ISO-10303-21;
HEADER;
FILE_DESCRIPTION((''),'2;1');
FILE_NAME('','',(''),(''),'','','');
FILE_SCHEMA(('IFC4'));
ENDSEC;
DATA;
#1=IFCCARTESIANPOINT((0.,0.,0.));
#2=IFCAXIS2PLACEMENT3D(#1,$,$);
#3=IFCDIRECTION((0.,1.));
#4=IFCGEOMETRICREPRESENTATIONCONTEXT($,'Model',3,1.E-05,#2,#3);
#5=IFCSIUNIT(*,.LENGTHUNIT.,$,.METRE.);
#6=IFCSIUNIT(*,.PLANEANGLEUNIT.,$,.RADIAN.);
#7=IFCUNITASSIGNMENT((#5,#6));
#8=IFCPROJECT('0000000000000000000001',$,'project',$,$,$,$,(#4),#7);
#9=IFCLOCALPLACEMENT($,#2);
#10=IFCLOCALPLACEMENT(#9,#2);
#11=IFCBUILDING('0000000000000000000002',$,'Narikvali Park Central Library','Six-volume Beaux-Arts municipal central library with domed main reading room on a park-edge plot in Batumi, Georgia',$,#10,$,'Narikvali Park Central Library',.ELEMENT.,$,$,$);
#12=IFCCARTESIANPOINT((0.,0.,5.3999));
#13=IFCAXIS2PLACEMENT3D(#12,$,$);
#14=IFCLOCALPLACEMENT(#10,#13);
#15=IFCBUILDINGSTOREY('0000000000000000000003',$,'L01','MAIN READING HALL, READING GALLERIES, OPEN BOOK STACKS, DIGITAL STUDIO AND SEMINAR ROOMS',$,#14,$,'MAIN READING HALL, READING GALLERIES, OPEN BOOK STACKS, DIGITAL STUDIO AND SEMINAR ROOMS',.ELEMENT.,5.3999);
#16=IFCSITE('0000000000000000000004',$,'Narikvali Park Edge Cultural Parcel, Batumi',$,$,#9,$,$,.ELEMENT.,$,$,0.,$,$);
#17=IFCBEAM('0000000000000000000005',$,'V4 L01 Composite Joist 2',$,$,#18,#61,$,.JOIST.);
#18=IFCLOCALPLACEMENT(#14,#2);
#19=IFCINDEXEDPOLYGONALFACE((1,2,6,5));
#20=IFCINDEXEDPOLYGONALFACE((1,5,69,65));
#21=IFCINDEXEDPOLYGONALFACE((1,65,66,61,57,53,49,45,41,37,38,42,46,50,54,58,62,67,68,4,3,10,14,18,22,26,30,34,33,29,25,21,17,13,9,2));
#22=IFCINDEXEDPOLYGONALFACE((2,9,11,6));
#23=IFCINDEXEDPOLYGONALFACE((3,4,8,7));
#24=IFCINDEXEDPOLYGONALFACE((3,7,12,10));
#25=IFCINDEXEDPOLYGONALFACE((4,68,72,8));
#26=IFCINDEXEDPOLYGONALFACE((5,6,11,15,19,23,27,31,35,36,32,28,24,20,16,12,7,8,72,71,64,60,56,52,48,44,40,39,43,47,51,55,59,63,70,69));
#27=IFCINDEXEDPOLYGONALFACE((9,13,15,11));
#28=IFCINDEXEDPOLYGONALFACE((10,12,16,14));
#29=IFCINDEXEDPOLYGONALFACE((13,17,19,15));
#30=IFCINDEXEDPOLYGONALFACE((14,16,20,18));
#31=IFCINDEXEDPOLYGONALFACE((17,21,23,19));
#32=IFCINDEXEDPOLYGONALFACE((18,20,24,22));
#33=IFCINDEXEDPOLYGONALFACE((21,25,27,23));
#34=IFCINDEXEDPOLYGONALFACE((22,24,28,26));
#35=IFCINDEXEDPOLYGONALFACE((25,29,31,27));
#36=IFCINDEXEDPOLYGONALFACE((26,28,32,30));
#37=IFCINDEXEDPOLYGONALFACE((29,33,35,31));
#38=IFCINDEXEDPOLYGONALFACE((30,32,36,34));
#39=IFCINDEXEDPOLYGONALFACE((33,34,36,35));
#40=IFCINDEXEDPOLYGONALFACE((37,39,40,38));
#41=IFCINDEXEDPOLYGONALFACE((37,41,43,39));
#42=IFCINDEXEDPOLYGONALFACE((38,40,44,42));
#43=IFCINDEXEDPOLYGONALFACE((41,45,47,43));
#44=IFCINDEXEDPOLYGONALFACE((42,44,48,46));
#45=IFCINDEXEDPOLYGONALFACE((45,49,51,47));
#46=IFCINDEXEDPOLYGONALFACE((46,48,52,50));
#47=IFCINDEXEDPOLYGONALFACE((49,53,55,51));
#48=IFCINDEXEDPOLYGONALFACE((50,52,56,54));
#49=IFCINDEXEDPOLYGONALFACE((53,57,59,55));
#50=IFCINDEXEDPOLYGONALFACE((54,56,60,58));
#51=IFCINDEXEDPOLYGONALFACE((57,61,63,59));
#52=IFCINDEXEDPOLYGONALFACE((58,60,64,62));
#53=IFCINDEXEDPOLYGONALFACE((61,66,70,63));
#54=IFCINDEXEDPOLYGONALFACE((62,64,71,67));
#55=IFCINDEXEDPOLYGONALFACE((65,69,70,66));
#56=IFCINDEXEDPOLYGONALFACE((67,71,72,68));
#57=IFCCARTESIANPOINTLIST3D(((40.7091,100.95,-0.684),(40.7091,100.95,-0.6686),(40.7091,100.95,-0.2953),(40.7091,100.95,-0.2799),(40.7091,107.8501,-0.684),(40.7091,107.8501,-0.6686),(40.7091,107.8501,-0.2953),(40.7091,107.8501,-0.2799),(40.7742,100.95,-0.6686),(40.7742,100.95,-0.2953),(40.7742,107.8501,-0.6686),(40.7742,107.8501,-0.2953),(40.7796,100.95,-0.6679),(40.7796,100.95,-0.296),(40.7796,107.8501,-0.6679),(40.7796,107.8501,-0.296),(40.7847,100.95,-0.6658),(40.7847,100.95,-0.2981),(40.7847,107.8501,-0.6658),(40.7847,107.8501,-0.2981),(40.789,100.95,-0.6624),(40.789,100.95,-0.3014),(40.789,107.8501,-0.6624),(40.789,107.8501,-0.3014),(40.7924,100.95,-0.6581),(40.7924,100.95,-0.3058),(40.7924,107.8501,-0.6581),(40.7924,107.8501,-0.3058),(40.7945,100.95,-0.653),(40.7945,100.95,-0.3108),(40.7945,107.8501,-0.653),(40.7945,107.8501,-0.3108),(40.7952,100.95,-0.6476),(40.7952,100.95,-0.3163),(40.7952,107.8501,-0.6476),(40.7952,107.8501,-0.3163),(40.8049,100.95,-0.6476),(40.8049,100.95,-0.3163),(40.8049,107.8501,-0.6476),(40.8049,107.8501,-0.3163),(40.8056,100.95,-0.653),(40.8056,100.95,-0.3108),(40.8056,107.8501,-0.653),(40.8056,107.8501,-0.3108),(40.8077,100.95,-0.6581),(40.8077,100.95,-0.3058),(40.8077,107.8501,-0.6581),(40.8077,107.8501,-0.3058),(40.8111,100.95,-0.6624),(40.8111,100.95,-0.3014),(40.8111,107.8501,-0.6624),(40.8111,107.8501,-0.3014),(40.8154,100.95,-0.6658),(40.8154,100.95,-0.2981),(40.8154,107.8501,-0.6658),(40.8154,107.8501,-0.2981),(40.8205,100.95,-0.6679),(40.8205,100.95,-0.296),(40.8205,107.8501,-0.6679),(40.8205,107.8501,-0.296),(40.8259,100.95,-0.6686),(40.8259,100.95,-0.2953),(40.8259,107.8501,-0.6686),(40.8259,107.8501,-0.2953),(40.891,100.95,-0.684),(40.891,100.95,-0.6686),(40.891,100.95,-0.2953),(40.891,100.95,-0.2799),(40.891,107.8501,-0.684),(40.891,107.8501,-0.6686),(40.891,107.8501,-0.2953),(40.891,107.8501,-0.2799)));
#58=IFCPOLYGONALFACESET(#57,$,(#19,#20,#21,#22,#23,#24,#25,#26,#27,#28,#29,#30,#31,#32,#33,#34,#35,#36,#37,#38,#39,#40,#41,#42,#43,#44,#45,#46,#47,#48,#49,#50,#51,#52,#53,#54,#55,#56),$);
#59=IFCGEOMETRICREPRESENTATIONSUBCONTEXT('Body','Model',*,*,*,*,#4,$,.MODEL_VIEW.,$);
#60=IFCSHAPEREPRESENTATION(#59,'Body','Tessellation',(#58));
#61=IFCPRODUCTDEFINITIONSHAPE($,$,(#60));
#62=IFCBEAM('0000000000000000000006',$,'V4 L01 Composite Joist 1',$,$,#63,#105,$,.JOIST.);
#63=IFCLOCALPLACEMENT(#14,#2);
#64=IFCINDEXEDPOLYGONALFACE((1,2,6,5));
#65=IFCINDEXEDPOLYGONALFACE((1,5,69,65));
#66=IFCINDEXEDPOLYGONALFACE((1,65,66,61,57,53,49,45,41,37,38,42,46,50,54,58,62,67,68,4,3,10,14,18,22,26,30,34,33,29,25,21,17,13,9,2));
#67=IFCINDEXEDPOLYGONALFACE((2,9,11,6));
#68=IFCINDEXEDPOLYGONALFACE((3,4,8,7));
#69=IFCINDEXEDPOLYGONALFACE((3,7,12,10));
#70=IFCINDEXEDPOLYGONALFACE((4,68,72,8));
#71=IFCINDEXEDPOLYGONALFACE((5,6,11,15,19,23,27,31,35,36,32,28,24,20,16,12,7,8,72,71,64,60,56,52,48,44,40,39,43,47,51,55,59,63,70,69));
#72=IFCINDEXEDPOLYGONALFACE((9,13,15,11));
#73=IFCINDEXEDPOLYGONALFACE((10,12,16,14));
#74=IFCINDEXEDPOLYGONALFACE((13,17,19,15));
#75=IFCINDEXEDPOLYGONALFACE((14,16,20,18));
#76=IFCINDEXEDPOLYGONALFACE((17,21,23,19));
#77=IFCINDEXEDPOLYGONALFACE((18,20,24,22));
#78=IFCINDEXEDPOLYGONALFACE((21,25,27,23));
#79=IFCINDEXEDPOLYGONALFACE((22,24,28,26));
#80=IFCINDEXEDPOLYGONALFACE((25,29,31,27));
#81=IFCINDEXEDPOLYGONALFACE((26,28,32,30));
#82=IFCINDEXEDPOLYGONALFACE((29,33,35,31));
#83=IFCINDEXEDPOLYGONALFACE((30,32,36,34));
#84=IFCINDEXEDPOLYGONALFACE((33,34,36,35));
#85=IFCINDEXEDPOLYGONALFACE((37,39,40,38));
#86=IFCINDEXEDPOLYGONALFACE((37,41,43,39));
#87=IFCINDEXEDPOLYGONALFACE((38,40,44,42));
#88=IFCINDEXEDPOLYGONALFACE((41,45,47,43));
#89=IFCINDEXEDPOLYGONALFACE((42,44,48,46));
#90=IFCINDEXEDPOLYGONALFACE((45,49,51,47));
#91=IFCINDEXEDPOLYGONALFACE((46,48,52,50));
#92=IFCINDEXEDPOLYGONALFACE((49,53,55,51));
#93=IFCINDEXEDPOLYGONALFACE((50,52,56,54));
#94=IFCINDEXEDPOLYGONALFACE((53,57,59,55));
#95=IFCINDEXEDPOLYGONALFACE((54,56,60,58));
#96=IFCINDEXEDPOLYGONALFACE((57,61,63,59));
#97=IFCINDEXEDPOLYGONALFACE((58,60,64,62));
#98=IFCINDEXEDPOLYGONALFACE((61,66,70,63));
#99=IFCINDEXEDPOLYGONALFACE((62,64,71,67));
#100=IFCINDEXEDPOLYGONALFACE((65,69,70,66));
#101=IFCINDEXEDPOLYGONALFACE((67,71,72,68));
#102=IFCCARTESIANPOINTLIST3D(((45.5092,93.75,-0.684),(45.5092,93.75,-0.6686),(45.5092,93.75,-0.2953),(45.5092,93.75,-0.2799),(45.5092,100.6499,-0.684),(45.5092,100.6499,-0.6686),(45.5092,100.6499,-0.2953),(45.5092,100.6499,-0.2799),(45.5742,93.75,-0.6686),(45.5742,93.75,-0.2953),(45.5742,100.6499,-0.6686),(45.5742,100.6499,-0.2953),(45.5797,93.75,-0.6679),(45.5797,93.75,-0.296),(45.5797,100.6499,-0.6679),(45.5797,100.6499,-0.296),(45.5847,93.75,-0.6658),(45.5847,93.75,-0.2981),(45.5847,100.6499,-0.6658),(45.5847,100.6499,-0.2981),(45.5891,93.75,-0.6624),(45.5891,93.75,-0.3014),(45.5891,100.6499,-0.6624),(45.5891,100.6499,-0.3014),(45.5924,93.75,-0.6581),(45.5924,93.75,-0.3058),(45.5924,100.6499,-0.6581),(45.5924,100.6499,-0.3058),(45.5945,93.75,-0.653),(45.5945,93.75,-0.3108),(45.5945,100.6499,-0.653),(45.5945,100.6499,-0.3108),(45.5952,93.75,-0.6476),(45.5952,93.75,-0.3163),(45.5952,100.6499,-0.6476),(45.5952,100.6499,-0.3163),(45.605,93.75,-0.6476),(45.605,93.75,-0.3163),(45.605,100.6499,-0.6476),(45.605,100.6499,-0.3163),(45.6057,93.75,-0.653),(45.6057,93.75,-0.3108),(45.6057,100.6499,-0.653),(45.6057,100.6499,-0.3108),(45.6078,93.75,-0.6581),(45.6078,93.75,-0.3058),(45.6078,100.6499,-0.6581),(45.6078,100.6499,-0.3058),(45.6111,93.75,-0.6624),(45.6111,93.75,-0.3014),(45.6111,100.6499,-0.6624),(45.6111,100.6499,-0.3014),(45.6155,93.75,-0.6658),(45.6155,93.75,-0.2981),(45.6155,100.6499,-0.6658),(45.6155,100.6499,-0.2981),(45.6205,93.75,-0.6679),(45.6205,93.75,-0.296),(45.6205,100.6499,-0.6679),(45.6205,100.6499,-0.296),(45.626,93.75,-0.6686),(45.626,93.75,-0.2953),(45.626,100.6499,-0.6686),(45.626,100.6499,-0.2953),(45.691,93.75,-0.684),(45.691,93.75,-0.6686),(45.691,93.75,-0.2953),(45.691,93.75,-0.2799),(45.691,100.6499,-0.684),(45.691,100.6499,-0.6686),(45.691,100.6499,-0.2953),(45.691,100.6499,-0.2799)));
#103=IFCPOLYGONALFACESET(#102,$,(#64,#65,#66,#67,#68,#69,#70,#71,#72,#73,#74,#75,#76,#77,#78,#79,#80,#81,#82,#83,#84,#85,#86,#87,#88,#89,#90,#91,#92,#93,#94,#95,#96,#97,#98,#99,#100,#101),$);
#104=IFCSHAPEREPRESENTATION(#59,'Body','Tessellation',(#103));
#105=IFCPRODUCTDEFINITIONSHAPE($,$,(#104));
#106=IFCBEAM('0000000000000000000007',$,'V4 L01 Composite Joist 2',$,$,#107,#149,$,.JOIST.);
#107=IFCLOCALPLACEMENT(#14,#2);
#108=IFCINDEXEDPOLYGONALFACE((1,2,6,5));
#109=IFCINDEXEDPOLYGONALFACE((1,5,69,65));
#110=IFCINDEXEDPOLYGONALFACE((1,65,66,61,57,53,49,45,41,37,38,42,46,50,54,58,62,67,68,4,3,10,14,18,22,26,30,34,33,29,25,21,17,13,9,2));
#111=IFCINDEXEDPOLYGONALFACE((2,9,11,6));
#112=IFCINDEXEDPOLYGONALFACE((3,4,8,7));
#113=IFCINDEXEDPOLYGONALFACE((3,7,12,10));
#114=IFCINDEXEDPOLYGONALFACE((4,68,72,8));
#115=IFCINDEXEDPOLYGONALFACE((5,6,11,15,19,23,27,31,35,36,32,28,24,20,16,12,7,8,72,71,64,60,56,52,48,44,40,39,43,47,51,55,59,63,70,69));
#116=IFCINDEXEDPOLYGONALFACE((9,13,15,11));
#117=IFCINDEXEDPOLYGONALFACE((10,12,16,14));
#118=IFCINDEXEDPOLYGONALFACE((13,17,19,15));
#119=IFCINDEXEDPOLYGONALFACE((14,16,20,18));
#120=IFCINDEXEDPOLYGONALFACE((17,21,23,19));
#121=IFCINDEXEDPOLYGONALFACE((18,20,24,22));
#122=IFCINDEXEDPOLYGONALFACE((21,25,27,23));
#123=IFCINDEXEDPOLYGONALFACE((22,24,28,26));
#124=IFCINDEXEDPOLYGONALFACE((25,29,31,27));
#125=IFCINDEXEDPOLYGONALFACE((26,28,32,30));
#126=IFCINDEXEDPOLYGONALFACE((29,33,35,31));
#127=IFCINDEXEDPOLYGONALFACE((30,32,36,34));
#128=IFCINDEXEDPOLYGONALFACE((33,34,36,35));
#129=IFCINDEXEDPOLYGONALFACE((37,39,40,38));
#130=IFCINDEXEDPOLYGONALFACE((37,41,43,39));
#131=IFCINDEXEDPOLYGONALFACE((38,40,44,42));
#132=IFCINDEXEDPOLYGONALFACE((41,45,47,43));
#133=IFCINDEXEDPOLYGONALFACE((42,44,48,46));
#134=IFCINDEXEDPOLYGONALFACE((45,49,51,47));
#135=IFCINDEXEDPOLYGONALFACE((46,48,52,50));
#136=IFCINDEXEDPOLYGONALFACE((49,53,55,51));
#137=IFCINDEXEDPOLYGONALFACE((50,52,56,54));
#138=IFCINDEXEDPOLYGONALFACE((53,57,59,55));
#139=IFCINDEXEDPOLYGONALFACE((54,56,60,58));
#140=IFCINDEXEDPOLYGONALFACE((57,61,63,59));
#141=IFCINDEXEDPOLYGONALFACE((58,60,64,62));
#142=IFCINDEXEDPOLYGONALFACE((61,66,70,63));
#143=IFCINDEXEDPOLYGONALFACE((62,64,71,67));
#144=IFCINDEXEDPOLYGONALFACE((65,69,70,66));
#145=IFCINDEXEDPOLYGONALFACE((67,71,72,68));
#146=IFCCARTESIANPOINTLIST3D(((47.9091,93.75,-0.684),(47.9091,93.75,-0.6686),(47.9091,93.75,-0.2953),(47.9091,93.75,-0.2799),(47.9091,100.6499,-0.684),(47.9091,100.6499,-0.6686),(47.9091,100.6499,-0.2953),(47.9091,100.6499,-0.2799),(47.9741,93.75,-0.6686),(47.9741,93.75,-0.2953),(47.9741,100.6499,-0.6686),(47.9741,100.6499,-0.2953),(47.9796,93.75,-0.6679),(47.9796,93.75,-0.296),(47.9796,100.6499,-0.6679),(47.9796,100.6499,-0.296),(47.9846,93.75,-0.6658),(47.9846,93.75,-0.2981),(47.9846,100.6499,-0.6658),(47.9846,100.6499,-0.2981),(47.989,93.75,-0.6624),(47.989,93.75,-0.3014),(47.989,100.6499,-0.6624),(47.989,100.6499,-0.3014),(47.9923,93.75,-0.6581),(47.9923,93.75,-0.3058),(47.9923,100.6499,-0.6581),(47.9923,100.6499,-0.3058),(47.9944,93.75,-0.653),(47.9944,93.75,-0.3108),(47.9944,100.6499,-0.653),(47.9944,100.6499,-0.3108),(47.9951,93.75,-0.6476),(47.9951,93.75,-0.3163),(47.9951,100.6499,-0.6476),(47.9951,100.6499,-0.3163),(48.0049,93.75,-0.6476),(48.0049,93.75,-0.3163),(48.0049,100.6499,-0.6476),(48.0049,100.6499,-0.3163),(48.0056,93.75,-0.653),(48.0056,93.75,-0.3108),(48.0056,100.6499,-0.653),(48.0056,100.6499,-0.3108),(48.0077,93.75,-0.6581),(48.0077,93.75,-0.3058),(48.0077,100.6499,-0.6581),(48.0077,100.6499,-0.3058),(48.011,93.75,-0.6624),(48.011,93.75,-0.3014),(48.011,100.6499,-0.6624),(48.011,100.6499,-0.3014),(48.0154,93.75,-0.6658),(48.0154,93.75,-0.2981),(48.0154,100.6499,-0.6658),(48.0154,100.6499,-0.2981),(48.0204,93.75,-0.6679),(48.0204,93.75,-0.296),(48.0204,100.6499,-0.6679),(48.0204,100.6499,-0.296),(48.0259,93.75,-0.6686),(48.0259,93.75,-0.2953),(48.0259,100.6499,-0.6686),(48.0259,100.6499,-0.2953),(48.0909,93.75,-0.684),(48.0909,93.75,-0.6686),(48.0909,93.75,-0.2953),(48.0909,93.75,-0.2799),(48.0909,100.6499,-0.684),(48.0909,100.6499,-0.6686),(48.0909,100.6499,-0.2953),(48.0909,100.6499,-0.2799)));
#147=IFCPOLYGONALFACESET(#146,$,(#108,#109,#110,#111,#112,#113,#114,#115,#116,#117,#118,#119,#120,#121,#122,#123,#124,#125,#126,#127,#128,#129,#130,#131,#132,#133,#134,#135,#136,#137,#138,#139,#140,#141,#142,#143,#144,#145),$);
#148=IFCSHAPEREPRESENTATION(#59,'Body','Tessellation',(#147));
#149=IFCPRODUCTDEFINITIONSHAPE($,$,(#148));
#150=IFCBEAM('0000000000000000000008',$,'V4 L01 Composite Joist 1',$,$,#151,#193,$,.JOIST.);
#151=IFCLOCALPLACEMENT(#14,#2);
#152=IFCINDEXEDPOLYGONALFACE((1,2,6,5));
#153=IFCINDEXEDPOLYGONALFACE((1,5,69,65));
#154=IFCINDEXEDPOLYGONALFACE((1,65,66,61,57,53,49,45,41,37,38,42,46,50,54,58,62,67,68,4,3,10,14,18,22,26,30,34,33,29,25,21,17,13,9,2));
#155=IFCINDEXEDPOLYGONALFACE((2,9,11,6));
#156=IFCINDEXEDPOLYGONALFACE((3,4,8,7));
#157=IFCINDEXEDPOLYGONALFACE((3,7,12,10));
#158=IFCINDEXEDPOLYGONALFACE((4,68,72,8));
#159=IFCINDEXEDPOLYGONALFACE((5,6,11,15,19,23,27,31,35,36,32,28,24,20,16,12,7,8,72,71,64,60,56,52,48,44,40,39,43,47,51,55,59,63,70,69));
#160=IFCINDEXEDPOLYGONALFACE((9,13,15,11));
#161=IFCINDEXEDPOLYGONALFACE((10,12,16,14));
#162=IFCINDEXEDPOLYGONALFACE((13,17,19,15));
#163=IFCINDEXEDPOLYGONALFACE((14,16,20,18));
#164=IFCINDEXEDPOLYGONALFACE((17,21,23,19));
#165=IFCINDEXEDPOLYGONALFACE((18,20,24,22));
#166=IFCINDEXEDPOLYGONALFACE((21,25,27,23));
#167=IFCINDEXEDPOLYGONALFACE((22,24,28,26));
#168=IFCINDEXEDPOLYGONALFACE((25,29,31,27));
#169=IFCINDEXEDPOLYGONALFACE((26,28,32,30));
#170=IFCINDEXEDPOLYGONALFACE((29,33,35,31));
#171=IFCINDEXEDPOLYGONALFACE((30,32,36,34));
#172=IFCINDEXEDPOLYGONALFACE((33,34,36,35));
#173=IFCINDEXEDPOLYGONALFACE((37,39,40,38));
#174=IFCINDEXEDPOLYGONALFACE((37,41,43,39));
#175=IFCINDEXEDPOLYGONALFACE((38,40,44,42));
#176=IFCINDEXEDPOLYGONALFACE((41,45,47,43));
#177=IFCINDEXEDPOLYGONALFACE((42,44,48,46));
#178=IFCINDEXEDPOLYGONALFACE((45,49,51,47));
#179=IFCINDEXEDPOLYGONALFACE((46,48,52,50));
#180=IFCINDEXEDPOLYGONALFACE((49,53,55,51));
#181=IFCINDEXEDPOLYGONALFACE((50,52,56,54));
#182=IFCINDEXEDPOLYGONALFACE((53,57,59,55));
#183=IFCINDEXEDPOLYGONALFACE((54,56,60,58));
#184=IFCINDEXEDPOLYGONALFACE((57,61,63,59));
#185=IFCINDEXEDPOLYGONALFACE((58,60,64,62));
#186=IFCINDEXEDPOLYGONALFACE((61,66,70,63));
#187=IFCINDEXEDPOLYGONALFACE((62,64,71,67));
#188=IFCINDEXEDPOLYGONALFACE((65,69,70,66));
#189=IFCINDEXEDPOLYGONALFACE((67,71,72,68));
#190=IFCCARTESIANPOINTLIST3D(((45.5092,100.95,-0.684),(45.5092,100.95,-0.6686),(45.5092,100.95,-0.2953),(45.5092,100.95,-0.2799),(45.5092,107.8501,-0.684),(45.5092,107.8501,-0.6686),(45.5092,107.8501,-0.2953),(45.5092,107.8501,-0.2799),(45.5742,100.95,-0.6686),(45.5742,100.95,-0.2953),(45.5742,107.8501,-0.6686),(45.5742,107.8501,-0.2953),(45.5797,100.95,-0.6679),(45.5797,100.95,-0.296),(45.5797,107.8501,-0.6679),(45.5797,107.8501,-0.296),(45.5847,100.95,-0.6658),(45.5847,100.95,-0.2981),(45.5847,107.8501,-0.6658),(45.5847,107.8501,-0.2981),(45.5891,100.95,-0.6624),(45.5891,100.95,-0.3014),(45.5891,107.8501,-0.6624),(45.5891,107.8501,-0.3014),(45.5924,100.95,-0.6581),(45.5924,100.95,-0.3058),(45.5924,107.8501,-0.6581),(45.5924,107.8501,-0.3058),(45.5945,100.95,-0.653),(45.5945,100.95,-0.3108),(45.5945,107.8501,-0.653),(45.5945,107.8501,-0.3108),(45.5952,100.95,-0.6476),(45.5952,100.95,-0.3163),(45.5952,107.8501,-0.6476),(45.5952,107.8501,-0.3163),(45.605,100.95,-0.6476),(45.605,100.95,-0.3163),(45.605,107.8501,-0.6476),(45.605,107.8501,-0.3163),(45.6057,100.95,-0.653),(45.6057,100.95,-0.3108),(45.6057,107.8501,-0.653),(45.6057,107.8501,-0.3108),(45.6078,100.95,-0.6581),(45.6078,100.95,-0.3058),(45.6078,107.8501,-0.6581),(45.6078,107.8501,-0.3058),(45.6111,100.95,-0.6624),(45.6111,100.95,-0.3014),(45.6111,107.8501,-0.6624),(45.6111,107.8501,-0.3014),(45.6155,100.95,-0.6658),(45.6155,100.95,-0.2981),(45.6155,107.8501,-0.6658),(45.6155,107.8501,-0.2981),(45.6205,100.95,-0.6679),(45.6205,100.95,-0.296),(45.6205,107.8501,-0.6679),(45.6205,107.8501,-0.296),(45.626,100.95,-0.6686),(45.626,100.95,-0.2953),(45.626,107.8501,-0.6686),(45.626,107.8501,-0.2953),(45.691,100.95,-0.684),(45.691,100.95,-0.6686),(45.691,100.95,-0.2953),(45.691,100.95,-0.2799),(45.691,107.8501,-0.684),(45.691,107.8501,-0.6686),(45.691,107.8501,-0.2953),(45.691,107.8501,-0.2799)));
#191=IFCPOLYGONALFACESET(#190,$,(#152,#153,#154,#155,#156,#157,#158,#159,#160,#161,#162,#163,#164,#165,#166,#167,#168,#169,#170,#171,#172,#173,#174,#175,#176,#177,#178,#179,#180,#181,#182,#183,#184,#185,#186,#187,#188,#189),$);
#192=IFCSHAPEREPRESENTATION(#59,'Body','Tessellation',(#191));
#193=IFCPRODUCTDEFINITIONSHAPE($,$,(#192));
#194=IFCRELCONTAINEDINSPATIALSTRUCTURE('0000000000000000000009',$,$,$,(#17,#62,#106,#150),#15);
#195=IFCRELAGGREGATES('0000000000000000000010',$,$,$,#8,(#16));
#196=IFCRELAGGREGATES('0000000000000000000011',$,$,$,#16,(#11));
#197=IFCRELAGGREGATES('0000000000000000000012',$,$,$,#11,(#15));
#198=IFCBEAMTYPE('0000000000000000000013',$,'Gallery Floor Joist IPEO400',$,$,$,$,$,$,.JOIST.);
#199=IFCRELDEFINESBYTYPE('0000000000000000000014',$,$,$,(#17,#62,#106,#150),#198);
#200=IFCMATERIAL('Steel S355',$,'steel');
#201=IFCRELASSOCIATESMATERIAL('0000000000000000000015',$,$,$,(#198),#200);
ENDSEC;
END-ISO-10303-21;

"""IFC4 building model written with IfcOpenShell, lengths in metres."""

from ifc_helpers import new_model, si_unit, direction, frame, origin, origin_2d, place, context, subcontext, project, spatial, i_section, extrude, material, material_profile, profile_set, type_object, element, save


model = new_model("IFC4")

# Units and contexts
model_context = context("Model", 3, precision=1e-05, world=origin(), true_north=direction((0.0, 1.0)))
body_context = subcontext(model_context, "Body", "Model", "MODEL_VIEW")
ifc_project = project(units=[si_unit("LENGTHUNIT", "METRE"), si_unit("PLANEANGLEUNIT", "RADIAN")], contexts=[model_context])

# Site, building, storey
site_placement = place(None, origin())
site = spatial("IfcSite", under=ifc_project, at=site_placement, Name="Narikvali Park Edge Cultural Parcel, Batumi", CompositionType="ELEMENT", RefElevation=0.0)
building_placement = place(site_placement, origin())
building = spatial("IfcBuilding", under=site, at=building_placement, Name="Narikvali Park Central Library", Description="Six-volume Beaux-Arts municipal central library with domed main reading room on a park-edge plot in Batumi, Georgia", LongName="Narikvali Park Central Library", CompositionType="ELEMENT")
storey_placement = place(building_placement, frame((0.0, 0.0, 5.3999)))
storey = spatial("IfcBuildingStorey", under=building, at=storey_placement, Name="L01", Description="MAIN READING HALL, READING GALLERIES, OPEN BOOK STACKS, DIGITAL STUDIO AND SEMINAR ROOMS", LongName="MAIN READING HALL, READING GALLERIES, OPEN BOOK STACKS, DIGITAL STUDIO AND SEMINAR ROOMS", CompositionType="ELEMENT", Elevation=5.3999)

# Shared definitions
ifc_material_1 = material(Name="Steel S355", Category="steel")

# Beams
ifc_material_profile_1 = material_profile(ifc_material_1, i_section(OverallWidth=0.1819, OverallDepth=0.4041, WebThickness=0.0098, FlangeThickness=0.0154, FilletRadius=0.021, at=origin_2d()), Name="IPEO 400")
ifc_profile_set_1 = profile_set([ifc_material_profile_1], Name="Steel S355")
beam_type_1 = type_object("IfcBeamType", Name="Gallery Floor Joist IPEO400", PredefinedType="JOIST", material=ifc_profile_set_1)
for number, where, z_axis, x_axis, name in (
    (1, (40.8, 100.95, -0.4819), (0.0, 1.0, 0.0), (-1.0, 0.0, 0.0), "V4 L01 Composite Joist 2"),
):
    element("IfcBeam", number, at=place(storey_placement, frame(where, z_axis=z_axis, x_axis=x_axis)), inside=storey, type_object=beam_type_1, Name=name, PredefinedType="JOIST", context=body_context, shape_type="SweptSolid", body=[
        extrude(i_section(OverallWidth=0.1819, OverallDepth=0.4041, WebThickness=0.0098, FlangeThickness=0.0154, FilletRadius=0.021, at=origin_2d()), origin(), (0.0, 0.0, 1.0), 6.9001),
    ])
for number, where, z_axis, x_axis, name in (
    (2, (45.6001, 93.75, -0.4819), (0.0, 1.0, 0.0), (-1.0, 0.0, 0.0), "V4 L01 Composite Joist 1"),
    (3, (48.0, 93.75, -0.4819), (0.0, 1.0, 0.0), (-1.0, 0.0, 0.0), "V4 L01 Composite Joist 2"),
):
    element("IfcBeam", number, at=place(storey_placement, frame(where, z_axis=z_axis, x_axis=x_axis)), inside=storey, type_object=beam_type_1, Name=name, PredefinedType="JOIST", context=body_context, shape_type="SweptSolid", body=[
        extrude(i_section(OverallWidth=0.1819, OverallDepth=0.4041, WebThickness=0.0098, FlangeThickness=0.0154, FilletRadius=0.021, at=origin_2d()), origin(), (0.0, 0.0, 1.0), 6.8999),
    ])
for number, where, z_axis, x_axis, name in (
    (4, (45.6001, 100.95, -0.4819), (0.0, 1.0, 0.0), (-1.0, 0.0, 0.0), "V4 L01 Composite Joist 1"),
):
    element("IfcBeam", number, at=place(storey_placement, frame(where, z_axis=z_axis, x_axis=x_axis)), inside=storey, type_object=beam_type_1, Name=name, PredefinedType="JOIST", context=body_context, shape_type="SweptSolid", body=[
        extrude(i_section(OverallWidth=0.1819, OverallDepth=0.4041, WebThickness=0.0098, FlangeThickness=0.0154, FilletRadius=0.021, at=origin_2d()), origin(), (0.0, 0.0, 1.0), 6.9001),
    ])

save(model, "model.ifc")
